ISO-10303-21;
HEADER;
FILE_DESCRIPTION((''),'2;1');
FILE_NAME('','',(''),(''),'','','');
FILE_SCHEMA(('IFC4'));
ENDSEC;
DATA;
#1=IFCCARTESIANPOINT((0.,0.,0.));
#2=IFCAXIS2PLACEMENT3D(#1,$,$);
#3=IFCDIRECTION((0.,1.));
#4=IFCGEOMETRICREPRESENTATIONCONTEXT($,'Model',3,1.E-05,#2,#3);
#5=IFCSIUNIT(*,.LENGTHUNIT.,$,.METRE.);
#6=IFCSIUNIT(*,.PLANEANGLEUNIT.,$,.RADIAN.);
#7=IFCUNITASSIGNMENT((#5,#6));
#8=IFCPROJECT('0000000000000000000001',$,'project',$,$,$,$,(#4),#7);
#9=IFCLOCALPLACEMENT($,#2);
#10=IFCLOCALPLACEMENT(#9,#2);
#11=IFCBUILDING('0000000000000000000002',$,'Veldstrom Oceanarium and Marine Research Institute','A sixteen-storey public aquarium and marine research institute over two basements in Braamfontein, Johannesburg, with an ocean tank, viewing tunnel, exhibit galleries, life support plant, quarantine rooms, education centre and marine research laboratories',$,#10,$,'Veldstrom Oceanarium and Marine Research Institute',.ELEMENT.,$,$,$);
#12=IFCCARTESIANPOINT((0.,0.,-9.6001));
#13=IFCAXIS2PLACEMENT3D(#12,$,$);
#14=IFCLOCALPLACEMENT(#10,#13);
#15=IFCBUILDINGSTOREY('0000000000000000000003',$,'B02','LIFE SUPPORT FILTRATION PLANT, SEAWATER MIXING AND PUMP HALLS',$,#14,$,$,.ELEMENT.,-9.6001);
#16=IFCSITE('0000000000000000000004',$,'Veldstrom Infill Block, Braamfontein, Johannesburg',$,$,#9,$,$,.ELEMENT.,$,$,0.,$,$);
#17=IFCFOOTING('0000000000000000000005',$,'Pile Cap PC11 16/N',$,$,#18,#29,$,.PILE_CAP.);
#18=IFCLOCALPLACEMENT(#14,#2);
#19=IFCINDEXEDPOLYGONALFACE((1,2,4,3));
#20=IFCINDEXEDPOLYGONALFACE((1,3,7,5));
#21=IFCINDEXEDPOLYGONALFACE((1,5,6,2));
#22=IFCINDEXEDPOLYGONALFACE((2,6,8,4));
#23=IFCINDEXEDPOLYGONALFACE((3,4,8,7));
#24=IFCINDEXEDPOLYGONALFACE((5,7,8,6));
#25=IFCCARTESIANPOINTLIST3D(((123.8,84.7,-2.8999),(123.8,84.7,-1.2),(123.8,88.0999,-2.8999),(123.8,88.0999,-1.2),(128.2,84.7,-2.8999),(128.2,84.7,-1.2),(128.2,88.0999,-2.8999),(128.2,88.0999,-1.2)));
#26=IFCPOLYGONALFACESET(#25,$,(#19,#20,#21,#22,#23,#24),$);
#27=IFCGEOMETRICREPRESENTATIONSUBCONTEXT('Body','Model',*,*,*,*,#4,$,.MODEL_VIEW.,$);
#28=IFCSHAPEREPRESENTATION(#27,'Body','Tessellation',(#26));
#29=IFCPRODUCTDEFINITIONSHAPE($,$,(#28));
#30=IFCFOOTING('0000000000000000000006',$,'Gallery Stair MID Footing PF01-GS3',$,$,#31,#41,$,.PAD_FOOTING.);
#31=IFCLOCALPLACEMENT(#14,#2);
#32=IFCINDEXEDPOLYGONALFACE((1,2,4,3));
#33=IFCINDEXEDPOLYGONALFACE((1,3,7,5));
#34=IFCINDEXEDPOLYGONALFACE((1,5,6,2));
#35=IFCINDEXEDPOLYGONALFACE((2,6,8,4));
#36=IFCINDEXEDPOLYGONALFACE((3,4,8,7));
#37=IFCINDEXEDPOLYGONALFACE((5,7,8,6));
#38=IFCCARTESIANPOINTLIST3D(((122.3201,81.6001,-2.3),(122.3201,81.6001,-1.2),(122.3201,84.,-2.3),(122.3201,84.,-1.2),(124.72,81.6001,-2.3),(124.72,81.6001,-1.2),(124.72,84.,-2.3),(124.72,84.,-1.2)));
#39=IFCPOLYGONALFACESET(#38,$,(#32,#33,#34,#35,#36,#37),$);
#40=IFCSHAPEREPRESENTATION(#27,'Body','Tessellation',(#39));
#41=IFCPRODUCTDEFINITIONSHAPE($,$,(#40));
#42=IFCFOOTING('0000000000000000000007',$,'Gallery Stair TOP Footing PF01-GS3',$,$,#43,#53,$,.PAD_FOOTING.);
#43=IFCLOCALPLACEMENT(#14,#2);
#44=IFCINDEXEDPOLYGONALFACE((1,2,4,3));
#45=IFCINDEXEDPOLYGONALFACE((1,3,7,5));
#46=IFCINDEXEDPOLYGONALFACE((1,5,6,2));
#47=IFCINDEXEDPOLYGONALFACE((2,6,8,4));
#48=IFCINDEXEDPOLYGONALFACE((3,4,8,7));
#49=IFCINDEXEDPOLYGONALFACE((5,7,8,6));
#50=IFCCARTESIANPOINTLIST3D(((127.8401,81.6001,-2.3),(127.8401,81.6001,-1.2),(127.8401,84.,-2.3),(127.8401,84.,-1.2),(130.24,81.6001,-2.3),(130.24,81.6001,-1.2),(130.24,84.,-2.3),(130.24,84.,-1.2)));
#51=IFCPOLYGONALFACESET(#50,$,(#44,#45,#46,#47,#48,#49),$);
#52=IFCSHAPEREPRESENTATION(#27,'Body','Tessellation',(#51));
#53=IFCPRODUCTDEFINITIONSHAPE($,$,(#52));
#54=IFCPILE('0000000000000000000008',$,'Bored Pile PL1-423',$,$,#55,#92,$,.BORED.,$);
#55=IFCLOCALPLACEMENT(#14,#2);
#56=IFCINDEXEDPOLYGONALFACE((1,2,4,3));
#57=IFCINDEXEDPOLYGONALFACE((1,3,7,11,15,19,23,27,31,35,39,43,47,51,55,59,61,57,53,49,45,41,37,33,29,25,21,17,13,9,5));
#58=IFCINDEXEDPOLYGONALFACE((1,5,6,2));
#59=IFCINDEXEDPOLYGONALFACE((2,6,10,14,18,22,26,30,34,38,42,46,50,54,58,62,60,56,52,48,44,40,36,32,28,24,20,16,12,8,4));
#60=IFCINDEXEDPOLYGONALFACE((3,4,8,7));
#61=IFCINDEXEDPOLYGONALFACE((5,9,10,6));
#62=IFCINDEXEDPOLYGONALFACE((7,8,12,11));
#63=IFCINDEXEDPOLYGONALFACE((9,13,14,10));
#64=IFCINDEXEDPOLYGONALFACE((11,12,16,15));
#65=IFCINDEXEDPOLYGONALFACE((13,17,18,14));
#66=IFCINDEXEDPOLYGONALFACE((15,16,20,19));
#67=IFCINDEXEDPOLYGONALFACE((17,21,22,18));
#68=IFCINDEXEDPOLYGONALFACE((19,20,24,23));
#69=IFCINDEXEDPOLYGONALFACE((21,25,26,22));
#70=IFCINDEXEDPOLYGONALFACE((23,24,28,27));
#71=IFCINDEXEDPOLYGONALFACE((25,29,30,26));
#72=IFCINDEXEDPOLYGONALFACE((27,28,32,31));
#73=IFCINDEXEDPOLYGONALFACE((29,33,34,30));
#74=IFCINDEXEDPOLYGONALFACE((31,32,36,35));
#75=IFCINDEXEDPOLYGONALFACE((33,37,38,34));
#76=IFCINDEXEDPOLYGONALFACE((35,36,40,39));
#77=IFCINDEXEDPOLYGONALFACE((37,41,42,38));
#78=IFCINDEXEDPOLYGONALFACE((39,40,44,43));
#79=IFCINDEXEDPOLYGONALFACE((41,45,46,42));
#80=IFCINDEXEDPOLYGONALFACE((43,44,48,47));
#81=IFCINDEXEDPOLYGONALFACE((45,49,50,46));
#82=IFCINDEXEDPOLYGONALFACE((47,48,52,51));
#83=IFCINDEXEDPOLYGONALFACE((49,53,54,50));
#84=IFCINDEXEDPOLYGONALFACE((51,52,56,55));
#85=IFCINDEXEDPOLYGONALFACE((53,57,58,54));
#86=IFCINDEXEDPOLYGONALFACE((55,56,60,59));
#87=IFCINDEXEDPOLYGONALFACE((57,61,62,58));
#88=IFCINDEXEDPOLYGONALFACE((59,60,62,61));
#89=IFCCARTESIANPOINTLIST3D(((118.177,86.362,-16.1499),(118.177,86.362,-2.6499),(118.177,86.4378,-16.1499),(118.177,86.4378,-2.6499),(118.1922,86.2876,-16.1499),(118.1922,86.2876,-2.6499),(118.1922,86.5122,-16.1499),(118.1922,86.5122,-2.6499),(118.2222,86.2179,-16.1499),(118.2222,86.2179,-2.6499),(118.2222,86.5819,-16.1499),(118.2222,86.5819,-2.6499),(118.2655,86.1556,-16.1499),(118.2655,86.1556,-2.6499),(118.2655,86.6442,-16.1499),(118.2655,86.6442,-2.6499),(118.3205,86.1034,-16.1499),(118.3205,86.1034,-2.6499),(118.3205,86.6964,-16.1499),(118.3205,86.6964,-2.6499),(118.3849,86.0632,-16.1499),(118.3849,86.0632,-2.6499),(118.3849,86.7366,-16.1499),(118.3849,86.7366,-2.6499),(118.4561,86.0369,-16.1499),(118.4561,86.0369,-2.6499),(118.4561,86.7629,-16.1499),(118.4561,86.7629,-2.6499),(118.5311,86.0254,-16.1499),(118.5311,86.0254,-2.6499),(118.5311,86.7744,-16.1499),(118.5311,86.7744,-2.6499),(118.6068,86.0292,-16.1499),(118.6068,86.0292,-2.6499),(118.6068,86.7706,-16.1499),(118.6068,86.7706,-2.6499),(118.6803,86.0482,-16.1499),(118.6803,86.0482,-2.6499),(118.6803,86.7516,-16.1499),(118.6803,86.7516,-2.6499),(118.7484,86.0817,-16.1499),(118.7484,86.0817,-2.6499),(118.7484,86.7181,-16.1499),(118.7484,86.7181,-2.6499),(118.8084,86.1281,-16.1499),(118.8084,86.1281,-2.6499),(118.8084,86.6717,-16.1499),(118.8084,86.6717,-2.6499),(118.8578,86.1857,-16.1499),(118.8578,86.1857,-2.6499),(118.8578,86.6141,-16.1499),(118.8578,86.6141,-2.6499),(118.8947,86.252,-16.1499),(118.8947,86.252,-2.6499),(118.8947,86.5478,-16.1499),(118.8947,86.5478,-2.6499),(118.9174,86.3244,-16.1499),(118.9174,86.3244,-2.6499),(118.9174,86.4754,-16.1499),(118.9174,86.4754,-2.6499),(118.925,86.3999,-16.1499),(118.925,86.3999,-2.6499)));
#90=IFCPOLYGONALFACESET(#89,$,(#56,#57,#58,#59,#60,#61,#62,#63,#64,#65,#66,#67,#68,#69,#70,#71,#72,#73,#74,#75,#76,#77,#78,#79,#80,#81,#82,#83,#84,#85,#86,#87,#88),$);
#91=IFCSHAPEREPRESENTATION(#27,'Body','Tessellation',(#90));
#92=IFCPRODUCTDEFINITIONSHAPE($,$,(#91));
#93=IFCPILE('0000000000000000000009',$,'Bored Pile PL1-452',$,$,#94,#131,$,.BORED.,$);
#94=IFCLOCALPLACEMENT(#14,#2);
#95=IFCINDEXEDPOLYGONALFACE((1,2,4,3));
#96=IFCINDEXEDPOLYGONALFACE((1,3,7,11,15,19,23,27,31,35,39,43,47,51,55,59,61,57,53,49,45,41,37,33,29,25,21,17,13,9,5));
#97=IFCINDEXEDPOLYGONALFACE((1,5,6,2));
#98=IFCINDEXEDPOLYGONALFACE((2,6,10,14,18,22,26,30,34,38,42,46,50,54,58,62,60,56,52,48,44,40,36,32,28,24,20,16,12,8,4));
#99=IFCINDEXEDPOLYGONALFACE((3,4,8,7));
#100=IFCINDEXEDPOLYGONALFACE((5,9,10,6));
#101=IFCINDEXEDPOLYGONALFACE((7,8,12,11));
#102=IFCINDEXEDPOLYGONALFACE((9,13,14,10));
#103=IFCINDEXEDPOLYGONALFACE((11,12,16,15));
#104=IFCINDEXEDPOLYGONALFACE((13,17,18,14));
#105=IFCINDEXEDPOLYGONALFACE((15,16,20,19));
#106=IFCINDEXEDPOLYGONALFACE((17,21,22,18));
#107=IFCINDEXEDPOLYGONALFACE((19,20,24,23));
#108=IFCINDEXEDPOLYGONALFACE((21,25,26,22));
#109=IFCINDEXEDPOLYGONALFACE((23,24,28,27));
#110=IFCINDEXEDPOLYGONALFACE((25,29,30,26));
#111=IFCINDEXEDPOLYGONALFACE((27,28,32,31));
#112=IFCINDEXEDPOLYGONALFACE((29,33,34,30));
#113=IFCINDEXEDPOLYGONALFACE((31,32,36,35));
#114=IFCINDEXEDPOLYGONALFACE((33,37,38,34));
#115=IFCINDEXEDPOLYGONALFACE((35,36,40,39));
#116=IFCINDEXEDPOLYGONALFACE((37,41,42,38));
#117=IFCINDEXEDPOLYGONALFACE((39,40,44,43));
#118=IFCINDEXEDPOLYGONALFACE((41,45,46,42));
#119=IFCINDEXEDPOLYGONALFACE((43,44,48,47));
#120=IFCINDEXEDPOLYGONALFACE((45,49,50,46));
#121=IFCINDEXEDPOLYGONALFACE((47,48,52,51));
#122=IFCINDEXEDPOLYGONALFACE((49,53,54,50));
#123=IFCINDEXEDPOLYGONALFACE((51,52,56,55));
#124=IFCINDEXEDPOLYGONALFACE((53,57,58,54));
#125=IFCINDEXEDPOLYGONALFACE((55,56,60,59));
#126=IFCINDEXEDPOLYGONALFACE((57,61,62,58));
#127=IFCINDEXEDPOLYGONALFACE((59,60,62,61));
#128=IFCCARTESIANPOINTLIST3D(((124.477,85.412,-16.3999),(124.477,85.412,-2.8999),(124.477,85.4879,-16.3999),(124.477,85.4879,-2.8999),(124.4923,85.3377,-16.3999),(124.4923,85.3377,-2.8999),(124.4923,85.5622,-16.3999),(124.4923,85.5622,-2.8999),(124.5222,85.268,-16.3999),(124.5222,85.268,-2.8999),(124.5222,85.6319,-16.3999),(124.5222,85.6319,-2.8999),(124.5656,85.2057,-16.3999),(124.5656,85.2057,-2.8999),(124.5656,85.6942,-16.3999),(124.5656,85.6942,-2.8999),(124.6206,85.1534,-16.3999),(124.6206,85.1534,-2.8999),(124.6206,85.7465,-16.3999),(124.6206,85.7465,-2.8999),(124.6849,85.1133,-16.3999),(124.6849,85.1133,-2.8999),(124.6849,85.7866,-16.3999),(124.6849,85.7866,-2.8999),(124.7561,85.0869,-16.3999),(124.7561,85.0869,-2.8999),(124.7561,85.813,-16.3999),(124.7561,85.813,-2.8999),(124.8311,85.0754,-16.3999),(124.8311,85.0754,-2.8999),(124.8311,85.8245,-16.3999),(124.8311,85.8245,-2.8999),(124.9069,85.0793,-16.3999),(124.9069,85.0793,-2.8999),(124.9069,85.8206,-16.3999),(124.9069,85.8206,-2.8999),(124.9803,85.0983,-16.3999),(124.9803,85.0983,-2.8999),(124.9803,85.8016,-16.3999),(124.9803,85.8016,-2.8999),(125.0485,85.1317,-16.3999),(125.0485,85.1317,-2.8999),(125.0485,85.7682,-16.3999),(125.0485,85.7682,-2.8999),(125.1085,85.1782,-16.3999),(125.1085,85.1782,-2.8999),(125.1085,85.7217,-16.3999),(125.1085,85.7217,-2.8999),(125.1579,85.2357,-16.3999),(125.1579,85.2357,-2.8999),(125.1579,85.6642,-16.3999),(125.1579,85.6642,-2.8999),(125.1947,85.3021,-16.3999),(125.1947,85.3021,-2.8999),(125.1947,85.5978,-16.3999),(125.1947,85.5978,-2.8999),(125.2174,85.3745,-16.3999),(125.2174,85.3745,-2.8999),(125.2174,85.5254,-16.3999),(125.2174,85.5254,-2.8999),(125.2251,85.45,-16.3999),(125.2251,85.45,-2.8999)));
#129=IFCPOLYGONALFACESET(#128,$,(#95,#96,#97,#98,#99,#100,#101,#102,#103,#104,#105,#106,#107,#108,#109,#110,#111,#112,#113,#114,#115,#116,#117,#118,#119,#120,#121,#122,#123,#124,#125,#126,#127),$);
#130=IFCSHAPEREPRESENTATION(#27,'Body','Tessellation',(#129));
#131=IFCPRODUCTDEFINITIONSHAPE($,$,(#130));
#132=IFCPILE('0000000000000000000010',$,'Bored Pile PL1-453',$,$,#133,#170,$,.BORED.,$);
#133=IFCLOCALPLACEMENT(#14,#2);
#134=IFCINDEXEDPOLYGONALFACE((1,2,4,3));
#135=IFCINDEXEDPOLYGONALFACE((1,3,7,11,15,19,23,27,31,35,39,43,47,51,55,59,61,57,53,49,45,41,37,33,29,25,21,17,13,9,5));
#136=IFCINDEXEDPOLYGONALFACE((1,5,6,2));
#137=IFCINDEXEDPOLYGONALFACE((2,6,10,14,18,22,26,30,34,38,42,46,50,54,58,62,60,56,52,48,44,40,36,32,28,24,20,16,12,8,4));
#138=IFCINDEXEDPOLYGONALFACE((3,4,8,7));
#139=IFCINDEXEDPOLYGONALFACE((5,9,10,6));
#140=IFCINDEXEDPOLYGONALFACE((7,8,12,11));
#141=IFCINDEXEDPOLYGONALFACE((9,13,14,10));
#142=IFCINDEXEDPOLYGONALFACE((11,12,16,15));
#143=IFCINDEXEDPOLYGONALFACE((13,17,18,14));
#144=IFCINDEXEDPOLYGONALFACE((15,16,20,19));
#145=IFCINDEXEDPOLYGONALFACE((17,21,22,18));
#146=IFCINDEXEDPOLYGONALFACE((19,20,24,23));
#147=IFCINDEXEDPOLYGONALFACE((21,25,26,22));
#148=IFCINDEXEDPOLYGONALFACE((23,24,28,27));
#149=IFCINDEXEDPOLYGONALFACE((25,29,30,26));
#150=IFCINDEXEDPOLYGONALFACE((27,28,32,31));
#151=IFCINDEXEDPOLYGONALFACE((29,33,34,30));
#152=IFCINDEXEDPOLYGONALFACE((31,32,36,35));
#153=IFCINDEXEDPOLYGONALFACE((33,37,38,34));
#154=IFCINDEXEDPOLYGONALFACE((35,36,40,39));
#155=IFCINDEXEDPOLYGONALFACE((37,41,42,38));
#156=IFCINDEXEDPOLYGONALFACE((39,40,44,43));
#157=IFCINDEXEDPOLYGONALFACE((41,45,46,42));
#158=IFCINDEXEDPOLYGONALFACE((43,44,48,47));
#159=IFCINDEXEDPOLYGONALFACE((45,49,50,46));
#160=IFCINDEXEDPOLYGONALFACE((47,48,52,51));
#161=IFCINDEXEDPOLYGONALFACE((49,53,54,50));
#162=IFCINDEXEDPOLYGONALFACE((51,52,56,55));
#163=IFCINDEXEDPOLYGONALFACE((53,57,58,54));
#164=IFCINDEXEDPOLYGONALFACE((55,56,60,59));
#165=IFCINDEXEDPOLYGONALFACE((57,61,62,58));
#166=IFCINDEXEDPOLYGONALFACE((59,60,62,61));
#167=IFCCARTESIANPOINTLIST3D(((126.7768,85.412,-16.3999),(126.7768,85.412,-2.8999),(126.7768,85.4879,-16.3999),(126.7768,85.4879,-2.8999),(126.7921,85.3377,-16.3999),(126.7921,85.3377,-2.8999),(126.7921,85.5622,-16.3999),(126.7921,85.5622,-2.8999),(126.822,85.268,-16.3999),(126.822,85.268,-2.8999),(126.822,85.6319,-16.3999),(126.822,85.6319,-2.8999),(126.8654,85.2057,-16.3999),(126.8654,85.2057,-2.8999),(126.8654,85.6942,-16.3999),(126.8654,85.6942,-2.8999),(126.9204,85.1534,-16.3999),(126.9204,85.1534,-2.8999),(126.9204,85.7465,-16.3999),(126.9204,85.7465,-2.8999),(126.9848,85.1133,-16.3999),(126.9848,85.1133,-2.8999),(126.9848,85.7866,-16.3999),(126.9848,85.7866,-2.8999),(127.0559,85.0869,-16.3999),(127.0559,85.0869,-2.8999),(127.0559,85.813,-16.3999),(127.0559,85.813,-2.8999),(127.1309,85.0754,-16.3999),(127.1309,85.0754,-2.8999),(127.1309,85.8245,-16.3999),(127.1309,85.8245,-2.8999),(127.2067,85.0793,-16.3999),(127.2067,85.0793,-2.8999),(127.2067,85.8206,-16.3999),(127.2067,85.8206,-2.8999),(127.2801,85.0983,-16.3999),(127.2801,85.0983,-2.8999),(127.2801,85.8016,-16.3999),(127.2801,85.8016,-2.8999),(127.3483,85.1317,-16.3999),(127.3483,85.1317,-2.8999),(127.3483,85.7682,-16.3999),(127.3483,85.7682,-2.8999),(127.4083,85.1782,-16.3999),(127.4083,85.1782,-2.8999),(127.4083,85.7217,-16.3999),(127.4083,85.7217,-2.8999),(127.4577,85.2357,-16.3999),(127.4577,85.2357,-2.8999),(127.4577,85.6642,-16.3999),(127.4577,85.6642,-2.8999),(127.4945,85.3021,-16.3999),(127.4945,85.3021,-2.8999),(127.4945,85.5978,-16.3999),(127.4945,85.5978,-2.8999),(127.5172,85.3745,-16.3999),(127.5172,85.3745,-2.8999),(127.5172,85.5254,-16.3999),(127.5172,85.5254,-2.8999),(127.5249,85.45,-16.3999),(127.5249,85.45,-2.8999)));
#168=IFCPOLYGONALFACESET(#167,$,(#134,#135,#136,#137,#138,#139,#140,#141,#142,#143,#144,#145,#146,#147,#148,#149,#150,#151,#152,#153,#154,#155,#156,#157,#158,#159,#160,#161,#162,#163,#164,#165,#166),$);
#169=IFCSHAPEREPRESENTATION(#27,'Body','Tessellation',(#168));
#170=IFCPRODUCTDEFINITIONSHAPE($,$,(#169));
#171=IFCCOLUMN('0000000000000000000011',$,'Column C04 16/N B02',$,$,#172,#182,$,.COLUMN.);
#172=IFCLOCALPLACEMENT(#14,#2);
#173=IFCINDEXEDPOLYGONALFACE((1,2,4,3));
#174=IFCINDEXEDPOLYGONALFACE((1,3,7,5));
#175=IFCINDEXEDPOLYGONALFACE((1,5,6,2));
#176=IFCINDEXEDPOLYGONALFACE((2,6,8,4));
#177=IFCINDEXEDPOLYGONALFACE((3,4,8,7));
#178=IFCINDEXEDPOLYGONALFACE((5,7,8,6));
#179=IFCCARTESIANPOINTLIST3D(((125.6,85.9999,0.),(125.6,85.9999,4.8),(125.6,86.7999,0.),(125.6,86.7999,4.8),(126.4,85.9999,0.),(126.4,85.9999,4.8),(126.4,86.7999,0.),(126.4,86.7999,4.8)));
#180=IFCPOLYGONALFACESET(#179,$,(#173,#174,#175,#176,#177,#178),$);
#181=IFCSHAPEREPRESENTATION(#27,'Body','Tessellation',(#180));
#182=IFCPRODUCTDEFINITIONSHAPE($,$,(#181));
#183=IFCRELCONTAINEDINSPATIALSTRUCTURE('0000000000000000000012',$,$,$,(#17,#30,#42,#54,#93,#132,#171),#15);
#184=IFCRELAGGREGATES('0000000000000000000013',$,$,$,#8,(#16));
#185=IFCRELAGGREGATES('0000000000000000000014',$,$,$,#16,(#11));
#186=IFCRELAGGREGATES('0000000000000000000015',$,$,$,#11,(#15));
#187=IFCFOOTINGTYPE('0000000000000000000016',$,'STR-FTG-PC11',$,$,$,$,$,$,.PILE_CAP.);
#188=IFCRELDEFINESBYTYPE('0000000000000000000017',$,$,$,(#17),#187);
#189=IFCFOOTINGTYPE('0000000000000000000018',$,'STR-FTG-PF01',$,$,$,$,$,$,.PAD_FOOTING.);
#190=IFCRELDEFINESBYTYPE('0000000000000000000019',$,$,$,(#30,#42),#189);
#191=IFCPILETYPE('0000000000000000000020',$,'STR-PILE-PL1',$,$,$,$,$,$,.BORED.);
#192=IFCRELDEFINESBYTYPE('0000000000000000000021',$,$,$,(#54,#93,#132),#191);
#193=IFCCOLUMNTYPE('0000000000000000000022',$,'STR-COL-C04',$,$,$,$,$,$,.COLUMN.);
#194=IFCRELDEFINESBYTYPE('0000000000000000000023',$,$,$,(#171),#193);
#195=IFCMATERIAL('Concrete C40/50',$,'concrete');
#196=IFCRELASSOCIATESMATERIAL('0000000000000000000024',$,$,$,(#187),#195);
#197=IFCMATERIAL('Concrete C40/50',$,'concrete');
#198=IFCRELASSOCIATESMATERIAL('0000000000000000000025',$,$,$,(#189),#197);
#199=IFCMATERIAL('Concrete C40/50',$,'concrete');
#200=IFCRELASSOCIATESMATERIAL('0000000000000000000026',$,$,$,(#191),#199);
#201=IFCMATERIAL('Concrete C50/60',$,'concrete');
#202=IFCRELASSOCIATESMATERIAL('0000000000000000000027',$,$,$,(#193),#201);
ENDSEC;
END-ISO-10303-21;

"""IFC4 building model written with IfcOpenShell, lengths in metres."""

from ifc_helpers import new_model, si_unit, direction, frame, origin, origin_2d, place, context, subcontext, project, spatial, rectangle, circle, extrude, material, material_profile, profile_set, type_object, element, save


model = new_model("IFC4")

# Units and contexts
model_context = context("Model", 3, precision=1e-05, world=origin(), true_north=direction((0.0, 1.0)))
body_context = subcontext(model_context, "Body", "Model", "MODEL_VIEW")
ifc_project = project(units=[si_unit("LENGTHUNIT", "METRE"), si_unit("PLANEANGLEUNIT", "RADIAN")], contexts=[model_context])

# Site, building, storey
site_placement = place(None, origin())
site = spatial("IfcSite", under=ifc_project, at=site_placement, Name="Veldstrom Infill Block, Braamfontein, Johannesburg", CompositionType="ELEMENT", RefElevation=0.0)
building_placement = place(site_placement, origin())
building = spatial("IfcBuilding", under=site, at=building_placement, Name="Veldstrom Oceanarium and Marine Research Institute", Description="A sixteen-storey public aquarium and marine research institute over two basements in Braamfontein, Johannesburg, with an ocean tank, viewing tunnel, exhibit galleries, life support plant, quarantine rooms, education centre and marine research laboratories", LongName="Veldstrom Oceanarium and Marine Research Institute", CompositionType="ELEMENT")
storey_placement = place(building_placement, frame((0.0, 0.0, -9.6001)))
storey = spatial("IfcBuildingStorey", under=building, at=storey_placement, Name="B02", Description="LIFE SUPPORT FILTRATION PLANT, SEAWATER MIXING AND PUMP HALLS", CompositionType="ELEMENT", Elevation=-9.6001)

# Footings
ifc_material_1 = material(Name="Concrete C40/50", Category="concrete")
footing_type_1 = type_object("IfcFootingType", Name="STR-FTG-PC11", PredefinedType="PILE_CAP", material=ifc_material_1)
footing_placement = place(storey_placement, frame((126.0, 86.3999, -2.8999), z_axis=(0.0, 0.0, 1.0), x_axis=(1.0, 0.0, 0.0)))
element("IfcFooting", 1, at=footing_placement, inside=storey, type_object=footing_type_1, Name="Pile Cap PC11 16/N", PredefinedType="PILE_CAP", context=body_context, shape_type="SweptSolid", body=[
    extrude(rectangle(XDim=4.3999, YDim=3.3999, at=origin_2d()), origin(), (0.0, 0.0, 1.0), 1.7),
])
ifc_material_2 = material(Name="Concrete C40/50", Category="concrete")
footing_type_2 = type_object("IfcFootingType", Name="STR-FTG-PF01", PredefinedType="PAD_FOOTING", material=ifc_material_2)
for number, where, z_axis, x_axis, name in (
    (2, (123.52, 82.8, -2.3), (0.0, 0.0, 1.0), (1.0, 0.0, 0.0), "Gallery Stair MID Footing PF01-GS3"),
    (3, (129.04, 82.8, -2.3), (0.0, 0.0, 1.0), (1.0, 0.0, 0.0), "Gallery Stair TOP Footing PF01-GS3"),
):
    element("IfcFooting", number, at=place(storey_placement, frame(where, z_axis=z_axis, x_axis=x_axis)), inside=storey, type_object=footing_type_2, Name=name, PredefinedType="PAD_FOOTING", context=body_context, shape_type="SweptSolid", body=[
        extrude(rectangle(XDim=2.3999, YDim=2.3999, at=origin_2d()), origin(), (0.0, 0.0, 1.0), 1.1001),
    ])

# Piles
ifc_material_3 = material(Name="Concrete C40/50", Category="concrete")
ifc_material_profile_1 = material_profile(ifc_material_3, circle(Radius=0.375, at=origin_2d()), Name="PILE-D750")
ifc_profile_set_1 = profile_set([ifc_material_profile_1], Name="Concrete C40/50")
pile_type = type_object("IfcPileType", Name="STR-PILE-PL1", PredefinedType="BORED", material=ifc_profile_set_1)
for number, where, z_axis, x_axis, name in (
    (4, (118.55, 86.3999, -2.6499), (0.0, 0.0, -1.0), (1.0, 0.0, 0.0), "Bored Pile PL1-423"),
    (5, (124.8501, 85.45, -2.8999), (0.0, 0.0, -1.0), (1.0, 0.0, 0.0), "Bored Pile PL1-452"),
    (6, (127.1499, 85.45, -2.8999), (0.0, 0.0, -1.0), (1.0, 0.0, 0.0), "Bored Pile PL1-453"),
):
    element("IfcPile", number, at=place(storey_placement, frame(where, z_axis=z_axis, x_axis=x_axis)), inside=storey, type_object=pile_type, Name=name, PredefinedType="BORED", context=body_context, shape_type="SweptSolid", body=[
        extrude(circle(Radius=0.375, at=origin_2d()), origin(), (0.0, 0.0, 1.0), 13.5),
    ])

# Column
ifc_material_4 = material(Name="Concrete C50/60", Category="concrete")
ifc_material_profile_2 = material_profile(ifc_material_4, rectangle(XDim=0.8, YDim=0.8, at=origin_2d()), Name="RC-COL-800x800")
ifc_profile_set_2 = profile_set([ifc_material_profile_2], Name="Concrete C50/60")
column_type_1 = type_object("IfcColumnType", Name="STR-COL-C04", PredefinedType="COLUMN", material=ifc_profile_set_2)
column_placement = place(storey_placement, frame((126.0, 86.3999, 0.0), z_axis=(0.0, 0.0, 1.0), x_axis=(1.0, 0.0, 0.0)))
element("IfcColumn", 7, at=column_placement, inside=storey, type_object=column_type_1, Name="Column C04 16/N B02", PredefinedType="COLUMN", context=body_context, shape_type="SweptSolid", body=[
    extrude(rectangle(XDim=0.8, YDim=0.8, at=origin_2d()), origin(), (0.0, 0.0, 1.0), 4.8),
])

save(model, "model.ifc")
